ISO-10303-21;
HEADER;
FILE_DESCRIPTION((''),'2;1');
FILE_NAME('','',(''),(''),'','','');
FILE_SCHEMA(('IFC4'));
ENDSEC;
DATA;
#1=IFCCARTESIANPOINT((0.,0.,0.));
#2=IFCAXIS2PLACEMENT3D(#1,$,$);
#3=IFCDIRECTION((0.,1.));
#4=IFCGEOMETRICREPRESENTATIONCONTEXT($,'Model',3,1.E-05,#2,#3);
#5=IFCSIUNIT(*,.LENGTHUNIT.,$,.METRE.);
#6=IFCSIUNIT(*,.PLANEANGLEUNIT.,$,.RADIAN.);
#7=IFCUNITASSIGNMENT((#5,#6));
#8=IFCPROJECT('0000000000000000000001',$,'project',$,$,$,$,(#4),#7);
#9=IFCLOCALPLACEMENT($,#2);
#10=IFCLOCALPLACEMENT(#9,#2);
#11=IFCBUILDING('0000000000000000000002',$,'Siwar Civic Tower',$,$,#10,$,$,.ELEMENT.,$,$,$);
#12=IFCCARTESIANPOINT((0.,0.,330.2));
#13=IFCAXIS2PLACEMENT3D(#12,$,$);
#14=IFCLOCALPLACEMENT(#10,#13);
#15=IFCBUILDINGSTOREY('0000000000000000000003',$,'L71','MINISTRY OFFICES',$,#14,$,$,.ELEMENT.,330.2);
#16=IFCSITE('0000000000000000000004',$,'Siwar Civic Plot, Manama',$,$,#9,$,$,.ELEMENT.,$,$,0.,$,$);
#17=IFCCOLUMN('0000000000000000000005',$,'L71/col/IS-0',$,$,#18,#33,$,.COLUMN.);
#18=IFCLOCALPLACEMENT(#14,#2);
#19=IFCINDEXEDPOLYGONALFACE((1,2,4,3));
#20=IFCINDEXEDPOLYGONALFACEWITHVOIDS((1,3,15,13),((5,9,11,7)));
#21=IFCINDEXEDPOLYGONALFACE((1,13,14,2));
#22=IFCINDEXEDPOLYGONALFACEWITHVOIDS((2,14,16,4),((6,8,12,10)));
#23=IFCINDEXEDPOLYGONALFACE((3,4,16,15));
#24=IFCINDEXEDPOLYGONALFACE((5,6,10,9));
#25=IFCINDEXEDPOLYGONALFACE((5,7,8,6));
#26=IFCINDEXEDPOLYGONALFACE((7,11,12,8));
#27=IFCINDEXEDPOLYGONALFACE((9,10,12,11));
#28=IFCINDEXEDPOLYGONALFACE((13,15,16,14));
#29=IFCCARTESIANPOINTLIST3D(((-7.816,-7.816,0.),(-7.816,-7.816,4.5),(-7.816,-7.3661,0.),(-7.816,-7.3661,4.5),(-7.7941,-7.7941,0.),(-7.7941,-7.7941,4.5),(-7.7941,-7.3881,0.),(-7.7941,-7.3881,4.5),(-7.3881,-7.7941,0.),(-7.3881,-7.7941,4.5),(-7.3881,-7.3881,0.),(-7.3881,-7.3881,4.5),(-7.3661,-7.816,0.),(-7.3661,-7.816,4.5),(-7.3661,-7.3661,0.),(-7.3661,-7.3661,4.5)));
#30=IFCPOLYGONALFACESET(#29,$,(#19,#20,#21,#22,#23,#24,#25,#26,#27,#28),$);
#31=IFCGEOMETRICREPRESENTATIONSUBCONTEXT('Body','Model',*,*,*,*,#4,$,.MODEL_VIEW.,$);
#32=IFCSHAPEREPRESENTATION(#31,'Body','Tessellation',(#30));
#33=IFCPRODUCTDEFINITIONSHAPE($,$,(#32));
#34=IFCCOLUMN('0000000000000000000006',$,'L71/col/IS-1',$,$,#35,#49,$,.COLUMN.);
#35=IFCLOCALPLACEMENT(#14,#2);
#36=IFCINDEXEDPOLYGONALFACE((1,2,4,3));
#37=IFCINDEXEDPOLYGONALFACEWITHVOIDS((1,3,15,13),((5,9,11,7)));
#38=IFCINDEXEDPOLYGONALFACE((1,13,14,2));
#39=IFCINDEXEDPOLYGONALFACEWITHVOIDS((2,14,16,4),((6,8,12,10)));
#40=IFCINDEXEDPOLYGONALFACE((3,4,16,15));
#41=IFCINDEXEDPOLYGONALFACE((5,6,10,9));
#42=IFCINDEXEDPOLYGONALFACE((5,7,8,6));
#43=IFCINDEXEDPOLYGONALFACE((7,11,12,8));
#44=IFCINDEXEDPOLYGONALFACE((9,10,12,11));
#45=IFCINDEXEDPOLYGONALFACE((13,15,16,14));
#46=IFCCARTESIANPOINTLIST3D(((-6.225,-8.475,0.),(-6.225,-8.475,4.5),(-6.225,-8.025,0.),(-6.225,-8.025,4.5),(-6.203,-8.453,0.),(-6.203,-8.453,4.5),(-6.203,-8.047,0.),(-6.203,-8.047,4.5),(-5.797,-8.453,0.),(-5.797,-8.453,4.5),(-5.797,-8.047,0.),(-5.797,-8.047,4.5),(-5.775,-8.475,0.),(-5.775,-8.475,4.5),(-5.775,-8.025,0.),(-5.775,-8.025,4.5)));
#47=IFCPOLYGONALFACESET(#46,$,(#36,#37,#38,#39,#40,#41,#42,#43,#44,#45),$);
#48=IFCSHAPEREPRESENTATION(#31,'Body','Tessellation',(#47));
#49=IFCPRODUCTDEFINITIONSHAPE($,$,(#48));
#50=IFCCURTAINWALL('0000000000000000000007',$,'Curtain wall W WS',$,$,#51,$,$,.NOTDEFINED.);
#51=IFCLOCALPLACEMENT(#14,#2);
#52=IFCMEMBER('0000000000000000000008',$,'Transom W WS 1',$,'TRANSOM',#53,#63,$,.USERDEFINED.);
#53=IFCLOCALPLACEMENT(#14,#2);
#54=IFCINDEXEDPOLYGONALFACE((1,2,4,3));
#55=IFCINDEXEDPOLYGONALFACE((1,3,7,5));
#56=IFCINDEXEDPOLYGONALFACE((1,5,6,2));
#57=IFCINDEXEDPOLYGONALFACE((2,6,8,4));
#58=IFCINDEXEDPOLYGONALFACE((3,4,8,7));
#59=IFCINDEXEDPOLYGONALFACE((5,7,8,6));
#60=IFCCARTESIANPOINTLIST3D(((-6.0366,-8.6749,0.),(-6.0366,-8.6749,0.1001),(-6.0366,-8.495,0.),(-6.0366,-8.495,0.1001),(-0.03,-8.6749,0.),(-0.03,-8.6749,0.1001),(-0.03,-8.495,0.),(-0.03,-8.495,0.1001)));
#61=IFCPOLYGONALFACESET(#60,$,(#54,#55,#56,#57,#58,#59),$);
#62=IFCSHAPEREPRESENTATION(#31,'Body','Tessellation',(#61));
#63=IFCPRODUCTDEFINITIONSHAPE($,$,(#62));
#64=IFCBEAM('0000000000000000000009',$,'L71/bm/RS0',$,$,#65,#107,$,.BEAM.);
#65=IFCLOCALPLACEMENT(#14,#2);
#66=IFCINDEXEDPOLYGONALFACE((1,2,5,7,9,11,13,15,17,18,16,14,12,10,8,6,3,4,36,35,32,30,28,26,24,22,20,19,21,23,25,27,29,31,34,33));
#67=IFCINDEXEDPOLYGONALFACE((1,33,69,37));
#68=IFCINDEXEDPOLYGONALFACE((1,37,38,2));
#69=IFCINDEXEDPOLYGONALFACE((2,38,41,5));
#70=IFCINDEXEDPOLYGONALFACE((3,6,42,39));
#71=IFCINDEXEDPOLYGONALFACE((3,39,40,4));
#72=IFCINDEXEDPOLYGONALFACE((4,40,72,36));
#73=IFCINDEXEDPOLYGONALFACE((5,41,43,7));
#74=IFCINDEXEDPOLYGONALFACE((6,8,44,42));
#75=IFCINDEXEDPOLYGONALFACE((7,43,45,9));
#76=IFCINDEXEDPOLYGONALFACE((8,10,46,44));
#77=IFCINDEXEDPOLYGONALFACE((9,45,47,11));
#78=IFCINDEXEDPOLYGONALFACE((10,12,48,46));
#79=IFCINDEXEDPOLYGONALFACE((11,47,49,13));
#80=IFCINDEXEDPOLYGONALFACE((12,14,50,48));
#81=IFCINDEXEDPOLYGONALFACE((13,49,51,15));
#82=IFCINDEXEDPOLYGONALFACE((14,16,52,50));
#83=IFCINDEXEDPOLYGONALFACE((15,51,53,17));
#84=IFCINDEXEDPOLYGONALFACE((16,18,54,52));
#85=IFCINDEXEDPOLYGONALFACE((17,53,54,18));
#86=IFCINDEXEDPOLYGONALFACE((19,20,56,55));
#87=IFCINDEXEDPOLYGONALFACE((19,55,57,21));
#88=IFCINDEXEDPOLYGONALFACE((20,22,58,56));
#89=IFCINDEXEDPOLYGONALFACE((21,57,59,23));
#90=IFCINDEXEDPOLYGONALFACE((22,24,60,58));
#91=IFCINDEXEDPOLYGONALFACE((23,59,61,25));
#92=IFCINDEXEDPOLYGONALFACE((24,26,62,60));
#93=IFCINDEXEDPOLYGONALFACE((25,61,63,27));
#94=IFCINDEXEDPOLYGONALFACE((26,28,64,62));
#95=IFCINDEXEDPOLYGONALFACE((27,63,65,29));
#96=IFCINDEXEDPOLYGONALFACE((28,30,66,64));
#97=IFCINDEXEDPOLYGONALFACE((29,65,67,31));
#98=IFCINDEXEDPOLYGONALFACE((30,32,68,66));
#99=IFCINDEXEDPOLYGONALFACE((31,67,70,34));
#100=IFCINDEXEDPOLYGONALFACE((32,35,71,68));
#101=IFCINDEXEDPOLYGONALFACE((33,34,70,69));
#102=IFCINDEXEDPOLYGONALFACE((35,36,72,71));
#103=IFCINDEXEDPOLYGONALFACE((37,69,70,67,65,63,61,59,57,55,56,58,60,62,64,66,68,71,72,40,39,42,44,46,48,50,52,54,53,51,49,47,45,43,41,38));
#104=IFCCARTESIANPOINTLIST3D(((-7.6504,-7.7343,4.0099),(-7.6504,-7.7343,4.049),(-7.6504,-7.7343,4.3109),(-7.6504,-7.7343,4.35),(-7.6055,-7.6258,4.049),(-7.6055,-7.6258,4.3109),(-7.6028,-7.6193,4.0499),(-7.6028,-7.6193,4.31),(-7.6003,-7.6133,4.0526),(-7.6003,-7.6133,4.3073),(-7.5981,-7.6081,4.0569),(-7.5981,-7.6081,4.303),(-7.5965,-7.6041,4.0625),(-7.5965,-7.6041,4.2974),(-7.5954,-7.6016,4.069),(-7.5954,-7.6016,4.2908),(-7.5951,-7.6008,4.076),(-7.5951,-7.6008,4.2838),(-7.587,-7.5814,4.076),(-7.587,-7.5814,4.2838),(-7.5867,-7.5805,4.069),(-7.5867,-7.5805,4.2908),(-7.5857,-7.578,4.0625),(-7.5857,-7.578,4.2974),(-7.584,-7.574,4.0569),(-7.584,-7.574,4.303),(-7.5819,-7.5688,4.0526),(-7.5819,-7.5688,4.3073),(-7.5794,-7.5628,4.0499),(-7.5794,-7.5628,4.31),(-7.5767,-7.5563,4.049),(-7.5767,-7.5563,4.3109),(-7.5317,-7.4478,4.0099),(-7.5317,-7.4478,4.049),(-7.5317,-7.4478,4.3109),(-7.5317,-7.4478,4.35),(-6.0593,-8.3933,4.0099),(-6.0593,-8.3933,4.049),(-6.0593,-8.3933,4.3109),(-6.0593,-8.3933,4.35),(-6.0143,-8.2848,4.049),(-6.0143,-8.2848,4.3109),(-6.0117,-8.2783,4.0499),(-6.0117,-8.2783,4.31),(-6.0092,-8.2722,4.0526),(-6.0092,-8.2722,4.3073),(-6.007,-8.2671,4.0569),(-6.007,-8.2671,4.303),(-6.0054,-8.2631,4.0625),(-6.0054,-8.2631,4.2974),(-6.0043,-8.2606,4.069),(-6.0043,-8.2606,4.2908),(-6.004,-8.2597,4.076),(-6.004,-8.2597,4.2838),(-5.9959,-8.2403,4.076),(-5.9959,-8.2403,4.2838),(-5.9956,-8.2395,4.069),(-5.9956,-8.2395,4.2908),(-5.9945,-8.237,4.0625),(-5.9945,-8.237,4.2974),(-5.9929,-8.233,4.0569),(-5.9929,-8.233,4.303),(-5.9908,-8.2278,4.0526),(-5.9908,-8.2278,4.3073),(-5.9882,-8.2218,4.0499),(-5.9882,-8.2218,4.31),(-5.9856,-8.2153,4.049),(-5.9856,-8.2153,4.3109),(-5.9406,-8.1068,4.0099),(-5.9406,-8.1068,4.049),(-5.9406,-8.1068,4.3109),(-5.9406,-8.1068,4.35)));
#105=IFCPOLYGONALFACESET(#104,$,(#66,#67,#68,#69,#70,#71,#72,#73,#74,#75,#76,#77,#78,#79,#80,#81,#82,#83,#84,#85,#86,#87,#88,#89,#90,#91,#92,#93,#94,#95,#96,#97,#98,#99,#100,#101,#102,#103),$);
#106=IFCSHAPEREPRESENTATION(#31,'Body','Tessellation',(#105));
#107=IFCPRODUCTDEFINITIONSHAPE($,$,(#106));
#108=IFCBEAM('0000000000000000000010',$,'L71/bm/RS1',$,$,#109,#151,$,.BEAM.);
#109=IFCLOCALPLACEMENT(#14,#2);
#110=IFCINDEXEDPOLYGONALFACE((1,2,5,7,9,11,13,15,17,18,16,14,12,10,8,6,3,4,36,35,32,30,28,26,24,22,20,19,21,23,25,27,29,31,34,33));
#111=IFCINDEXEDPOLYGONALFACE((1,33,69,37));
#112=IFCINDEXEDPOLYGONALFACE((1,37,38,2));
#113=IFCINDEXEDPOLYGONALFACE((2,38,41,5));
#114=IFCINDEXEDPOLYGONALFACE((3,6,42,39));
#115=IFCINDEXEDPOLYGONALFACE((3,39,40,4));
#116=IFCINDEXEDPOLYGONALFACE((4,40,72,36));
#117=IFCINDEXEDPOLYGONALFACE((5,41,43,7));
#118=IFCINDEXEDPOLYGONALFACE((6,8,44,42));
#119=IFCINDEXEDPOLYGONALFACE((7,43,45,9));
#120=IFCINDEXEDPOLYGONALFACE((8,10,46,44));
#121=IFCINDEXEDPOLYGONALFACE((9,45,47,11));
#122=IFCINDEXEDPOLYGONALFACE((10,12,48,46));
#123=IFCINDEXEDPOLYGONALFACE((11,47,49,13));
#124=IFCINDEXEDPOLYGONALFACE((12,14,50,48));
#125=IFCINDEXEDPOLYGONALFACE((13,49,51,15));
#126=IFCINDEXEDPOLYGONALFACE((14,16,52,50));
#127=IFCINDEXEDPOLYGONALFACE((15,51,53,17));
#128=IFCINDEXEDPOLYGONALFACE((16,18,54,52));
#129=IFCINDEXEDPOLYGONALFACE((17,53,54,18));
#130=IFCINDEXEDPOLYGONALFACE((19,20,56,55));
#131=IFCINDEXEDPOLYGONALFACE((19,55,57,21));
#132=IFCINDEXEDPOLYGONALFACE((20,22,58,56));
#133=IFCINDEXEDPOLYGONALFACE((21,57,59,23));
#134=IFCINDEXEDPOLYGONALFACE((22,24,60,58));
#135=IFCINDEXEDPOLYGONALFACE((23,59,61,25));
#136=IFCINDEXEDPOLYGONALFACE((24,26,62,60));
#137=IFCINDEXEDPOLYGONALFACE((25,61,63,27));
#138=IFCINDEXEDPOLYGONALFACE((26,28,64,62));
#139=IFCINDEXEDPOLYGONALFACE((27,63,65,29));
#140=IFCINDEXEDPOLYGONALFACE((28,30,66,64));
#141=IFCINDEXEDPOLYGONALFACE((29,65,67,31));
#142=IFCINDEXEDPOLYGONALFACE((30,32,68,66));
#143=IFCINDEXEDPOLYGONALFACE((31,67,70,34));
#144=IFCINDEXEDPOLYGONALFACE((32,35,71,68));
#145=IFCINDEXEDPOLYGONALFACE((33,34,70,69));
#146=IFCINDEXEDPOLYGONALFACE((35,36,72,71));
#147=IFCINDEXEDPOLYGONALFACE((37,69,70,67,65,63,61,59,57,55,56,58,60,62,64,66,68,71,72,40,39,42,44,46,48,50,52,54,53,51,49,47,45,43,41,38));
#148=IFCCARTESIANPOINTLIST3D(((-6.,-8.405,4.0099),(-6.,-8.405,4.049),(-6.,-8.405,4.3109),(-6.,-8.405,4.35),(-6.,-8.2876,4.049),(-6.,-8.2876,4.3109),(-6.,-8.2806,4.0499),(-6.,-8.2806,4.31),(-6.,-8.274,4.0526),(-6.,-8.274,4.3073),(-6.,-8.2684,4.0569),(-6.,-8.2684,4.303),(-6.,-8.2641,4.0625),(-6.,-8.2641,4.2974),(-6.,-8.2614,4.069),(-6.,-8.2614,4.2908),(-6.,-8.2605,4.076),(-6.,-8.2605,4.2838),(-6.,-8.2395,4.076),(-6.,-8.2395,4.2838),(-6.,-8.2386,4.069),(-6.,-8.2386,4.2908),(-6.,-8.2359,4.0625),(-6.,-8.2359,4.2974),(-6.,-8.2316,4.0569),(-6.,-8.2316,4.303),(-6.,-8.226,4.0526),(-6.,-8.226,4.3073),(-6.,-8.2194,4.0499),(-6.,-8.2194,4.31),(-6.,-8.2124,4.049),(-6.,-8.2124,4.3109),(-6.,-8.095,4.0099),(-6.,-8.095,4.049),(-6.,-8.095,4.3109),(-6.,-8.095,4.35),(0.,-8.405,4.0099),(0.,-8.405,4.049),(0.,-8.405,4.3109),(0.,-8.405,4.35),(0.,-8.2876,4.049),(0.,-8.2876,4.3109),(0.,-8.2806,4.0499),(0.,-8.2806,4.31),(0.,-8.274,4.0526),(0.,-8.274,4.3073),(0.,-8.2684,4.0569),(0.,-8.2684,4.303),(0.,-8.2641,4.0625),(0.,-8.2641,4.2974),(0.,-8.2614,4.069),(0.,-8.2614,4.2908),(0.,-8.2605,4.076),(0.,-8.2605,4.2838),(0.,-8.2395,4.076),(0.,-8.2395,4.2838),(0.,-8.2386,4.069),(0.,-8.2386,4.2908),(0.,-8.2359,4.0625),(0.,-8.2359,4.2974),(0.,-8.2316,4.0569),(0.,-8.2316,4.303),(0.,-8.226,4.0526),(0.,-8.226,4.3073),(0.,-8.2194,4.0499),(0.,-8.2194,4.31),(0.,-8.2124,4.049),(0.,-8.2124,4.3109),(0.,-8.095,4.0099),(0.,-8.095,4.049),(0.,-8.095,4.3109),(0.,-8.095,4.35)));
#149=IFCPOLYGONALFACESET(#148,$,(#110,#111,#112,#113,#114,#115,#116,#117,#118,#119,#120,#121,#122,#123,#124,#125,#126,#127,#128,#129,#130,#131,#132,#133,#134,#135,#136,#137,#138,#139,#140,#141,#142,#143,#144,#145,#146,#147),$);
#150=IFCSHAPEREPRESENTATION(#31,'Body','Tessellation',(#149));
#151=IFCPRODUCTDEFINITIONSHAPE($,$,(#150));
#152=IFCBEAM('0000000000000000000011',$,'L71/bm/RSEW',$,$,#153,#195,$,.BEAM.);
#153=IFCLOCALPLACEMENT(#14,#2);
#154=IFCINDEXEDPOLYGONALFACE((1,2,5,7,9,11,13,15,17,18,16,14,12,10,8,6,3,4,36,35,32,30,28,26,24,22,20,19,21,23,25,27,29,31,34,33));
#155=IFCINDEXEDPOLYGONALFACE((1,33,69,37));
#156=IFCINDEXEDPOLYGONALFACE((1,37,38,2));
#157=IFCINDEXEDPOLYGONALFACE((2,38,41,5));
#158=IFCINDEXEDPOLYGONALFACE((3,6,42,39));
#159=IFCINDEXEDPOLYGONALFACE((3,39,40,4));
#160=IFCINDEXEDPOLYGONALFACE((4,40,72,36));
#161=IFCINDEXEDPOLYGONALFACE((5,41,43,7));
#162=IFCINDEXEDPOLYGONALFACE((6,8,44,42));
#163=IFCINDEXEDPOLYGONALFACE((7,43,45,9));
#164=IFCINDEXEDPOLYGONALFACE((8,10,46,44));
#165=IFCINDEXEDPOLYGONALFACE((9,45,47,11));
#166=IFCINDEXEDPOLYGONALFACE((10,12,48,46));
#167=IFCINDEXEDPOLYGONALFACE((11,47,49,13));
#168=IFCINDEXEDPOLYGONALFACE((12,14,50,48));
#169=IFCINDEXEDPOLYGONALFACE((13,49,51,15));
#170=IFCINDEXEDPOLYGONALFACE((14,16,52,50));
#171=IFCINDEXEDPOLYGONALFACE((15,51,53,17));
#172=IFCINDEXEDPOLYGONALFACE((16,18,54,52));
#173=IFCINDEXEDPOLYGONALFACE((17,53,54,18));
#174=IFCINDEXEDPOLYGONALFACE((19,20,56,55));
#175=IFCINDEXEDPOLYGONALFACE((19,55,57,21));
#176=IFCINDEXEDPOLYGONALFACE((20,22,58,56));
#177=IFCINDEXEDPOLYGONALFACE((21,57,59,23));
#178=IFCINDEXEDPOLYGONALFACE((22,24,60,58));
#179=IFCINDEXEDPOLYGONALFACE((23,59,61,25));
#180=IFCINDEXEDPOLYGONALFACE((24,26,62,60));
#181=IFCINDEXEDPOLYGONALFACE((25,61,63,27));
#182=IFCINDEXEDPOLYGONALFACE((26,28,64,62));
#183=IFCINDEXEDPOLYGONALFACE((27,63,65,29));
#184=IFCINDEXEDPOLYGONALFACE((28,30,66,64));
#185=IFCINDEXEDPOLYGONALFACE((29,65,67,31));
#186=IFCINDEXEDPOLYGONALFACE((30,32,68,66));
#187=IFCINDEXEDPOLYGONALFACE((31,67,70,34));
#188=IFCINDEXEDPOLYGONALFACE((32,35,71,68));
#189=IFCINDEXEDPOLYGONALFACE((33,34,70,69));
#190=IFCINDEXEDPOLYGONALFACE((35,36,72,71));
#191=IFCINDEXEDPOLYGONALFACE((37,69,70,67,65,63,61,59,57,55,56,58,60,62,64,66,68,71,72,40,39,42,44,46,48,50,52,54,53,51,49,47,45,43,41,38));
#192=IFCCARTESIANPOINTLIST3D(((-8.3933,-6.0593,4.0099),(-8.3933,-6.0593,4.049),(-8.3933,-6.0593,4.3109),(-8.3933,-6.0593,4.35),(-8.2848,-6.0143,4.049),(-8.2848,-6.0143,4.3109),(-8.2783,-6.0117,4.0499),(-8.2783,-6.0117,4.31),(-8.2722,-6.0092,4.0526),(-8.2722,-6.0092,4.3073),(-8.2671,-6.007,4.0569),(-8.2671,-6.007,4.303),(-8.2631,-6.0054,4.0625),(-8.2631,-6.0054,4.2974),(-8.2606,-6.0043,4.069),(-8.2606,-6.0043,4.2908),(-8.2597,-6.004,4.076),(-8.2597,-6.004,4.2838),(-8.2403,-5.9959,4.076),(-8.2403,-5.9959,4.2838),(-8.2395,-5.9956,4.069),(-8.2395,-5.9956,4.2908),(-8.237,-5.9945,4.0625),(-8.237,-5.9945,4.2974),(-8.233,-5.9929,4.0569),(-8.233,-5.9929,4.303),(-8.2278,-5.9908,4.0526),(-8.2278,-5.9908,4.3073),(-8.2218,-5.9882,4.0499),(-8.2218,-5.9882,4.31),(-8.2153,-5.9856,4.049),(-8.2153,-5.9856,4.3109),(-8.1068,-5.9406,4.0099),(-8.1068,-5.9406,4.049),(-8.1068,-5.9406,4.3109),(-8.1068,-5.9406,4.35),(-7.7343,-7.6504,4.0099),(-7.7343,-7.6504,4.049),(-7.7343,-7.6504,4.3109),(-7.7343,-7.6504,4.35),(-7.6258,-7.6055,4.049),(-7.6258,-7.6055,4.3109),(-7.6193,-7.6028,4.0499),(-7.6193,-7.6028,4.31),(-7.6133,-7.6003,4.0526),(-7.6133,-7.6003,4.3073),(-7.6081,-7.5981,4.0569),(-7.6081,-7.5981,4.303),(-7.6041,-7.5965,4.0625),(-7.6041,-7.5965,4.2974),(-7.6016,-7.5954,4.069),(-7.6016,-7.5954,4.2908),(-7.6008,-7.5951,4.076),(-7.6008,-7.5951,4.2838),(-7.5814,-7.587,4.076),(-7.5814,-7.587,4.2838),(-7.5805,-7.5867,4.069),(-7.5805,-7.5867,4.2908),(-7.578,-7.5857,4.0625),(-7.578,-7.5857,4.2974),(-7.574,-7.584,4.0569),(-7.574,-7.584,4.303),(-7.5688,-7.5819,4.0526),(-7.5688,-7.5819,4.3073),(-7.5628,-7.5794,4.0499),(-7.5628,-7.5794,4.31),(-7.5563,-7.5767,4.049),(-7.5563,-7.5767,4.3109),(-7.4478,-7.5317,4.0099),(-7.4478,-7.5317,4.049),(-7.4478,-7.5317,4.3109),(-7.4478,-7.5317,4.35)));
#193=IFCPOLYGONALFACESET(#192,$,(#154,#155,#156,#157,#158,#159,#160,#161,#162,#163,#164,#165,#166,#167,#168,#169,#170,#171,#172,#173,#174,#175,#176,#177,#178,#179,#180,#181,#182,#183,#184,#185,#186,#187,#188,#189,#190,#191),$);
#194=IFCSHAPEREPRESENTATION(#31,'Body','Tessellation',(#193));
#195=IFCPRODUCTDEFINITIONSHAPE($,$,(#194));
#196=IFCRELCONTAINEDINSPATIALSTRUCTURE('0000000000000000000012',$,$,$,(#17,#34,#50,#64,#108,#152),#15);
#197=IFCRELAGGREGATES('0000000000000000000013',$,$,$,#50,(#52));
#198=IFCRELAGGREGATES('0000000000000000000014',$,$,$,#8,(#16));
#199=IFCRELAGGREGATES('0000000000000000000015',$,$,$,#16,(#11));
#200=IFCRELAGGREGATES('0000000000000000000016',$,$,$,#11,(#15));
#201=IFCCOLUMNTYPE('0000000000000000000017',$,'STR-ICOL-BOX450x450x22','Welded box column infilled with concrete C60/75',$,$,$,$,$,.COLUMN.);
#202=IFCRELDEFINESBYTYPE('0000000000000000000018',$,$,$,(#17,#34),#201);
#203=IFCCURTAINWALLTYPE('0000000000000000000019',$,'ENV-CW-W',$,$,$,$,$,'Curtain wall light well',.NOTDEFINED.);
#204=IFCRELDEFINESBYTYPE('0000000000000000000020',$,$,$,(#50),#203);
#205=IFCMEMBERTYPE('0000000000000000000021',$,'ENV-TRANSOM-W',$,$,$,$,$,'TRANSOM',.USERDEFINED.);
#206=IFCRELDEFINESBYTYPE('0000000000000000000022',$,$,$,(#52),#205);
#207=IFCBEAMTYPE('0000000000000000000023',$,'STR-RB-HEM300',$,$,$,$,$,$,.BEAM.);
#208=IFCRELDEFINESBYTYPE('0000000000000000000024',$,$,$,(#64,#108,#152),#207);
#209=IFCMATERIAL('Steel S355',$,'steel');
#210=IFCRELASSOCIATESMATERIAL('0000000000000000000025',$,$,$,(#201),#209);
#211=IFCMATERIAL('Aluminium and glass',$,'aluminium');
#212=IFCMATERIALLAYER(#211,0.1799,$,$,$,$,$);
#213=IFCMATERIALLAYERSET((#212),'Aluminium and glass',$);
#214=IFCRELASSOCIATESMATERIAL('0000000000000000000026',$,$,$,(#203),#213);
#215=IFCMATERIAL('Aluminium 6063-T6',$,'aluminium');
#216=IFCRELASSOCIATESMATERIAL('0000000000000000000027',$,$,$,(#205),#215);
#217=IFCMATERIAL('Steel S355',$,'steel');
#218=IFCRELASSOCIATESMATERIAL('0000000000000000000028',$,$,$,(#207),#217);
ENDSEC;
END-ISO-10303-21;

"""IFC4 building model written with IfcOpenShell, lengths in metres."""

from ifc_helpers import new_model, si_unit, direction, frame, origin, origin_2d, place, context, subcontext, project, spatial, rectangle, hollow_rectangle, i_section, extrude, material, layer, layer_set, material_profile, profile_set, type_object, element, aggregate, save


model = new_model("IFC4")

# Units and contexts
model_context = context("Model", 3, precision=1e-05, world=origin(), true_north=direction((0.0, 1.0)))
body_context = subcontext(model_context, "Body", "Model", "MODEL_VIEW")
ifc_project = project(units=[si_unit("LENGTHUNIT", "METRE"), si_unit("PLANEANGLEUNIT", "RADIAN")], contexts=[model_context])

# Site, building, storey
site_placement = place(None, origin())
site = spatial("IfcSite", under=ifc_project, at=site_placement, Name="Siwar Civic Plot, Manama", CompositionType="ELEMENT", RefElevation=0.0)
building_placement = place(site_placement, origin())
building = spatial("IfcBuilding", under=site, at=building_placement, Name="Siwar Civic Tower", CompositionType="ELEMENT")
storey_placement = place(building_placement, frame((0.0, 0.0, 330.2)))
storey = spatial("IfcBuildingStorey", under=building, at=storey_placement, Name="L71", Description="MINISTRY OFFICES", CompositionType="ELEMENT", Elevation=330.2)

# Columns
ifc_material_1 = material(Name="Steel S355", Category="steel")
ifc_material_profile_1 = material_profile(ifc_material_1, hollow_rectangle(XDim=0.45, YDim=0.45, WallThickness=0.022, at=origin_2d()), Name="BOX450x450x22")
ifc_profile_set_1 = profile_set([ifc_material_profile_1], Name="Steel S355")
column_type = type_object("IfcColumnType", Name="STR-ICOL-BOX450x450x22", Description="Welded box column infilled with concrete C60/75", PredefinedType="COLUMN", material=ifc_profile_set_1)
for number, where, z_axis, x_axis, name in (
    (1, (-7.5911, -7.5911, 0.0), (0.0, 0.0, 1.0), (1.0, 0.0, 0.0), "L71/col/IS-0"),
    (2, (-6.0, -8.25, 0.0), (0.0, 0.0, 1.0), (1.0, 0.0, 0.0), "L71/col/IS-1"),
):
    element("IfcColumn", number, at=place(storey_placement, frame(where, z_axis=z_axis, x_axis=x_axis)), inside=storey, type_object=column_type, Name=name, PredefinedType="COLUMN", context=body_context, shape_type="SweptSolid", body=[
        extrude(hollow_rectangle(XDim=0.45, YDim=0.45, WallThickness=0.022, at=origin_2d()), origin(), (0.0, 0.0, 1.0), 4.5),
    ])

# Curtain wall, member
ifc_material_2 = material(Name="Aluminium and glass", Category="aluminium")
ifc_layer_1 = layer(ifc_material_2, 0.1799)
ifc_layer_set_1 = layer_set([ifc_layer_1], Name="Aluminium and glass")
curtain_wall_type = type_object("IfcCurtainWallType", Name="ENV-CW-W", ElementType="Curtain wall light well", PredefinedType="NOTDEFINED", material=ifc_layer_set_1)
curtain_wall_placement = place(storey_placement, origin())
curtain_wall = element("IfcCurtainWall", 3, at=curtain_wall_placement, inside=storey, type_object=curtain_wall_type, Name="Curtain wall W WS", PredefinedType="NOTDEFINED")
ifc_material_3 = material(Name="Aluminium 6063-T6", Category="aluminium")
ifc_material_profile_2 = material_profile(ifc_material_3, rectangle(XDim=0.1799, YDim=0.1001, at=origin_2d()), Name="AL 180x100")
ifc_profile_set_2 = profile_set([ifc_material_profile_2], Name="Aluminium 6063-T6")
member_type = type_object("IfcMemberType", Name="ENV-TRANSOM-W", ElementType="TRANSOM", PredefinedType="USERDEFINED", material=ifc_profile_set_2)
member_placement = place(storey_placement, frame((-6.0366, -8.585, 0.05), z_axis=(1.0, 0.0, 0.0), x_axis=(0.0, 1.0, 0.0)))
member = element("IfcMember", 4, at=member_placement, type_object=member_type, Name="Transom W WS 1", ObjectType="TRANSOM", PredefinedType="USERDEFINED", context=body_context, shape_type="SweptSolid", body=[
    extrude(rectangle(XDim=0.1799, YDim=0.1001, at=origin_2d()), origin(), (0.0, 0.0, 1.0), 6.0066),
])

# Beams
ifc_material_4 = material(Name="Steel S355", Category="steel")
ifc_material_profile_3 = material_profile(ifc_material_4, i_section(OverallWidth=0.3101, OverallDepth=0.3401, WebThickness=0.021, FlangeThickness=0.0391, FilletRadius=0.0271, at=origin_2d()), Name="HEM300")
ifc_profile_set_3 = profile_set([ifc_material_profile_3], Name="Steel S355")
beam_type = type_object("IfcBeamType", Name="STR-RB-HEM300", PredefinedType="BEAM", material=ifc_profile_set_3)
beam_1_placement = place(storey_placement, frame((-7.5911, -7.5911, 4.1799), z_axis=(0.923901, -0.382631, 0.0), x_axis=(0.382631, 0.923901, 0.0)))
element("IfcBeam", 5, at=beam_1_placement, inside=storey, type_object=beam_type, Name="L71/bm/RS0", PredefinedType="BEAM", context=body_context, shape_type="SweptSolid", body=[
    extrude(i_section(OverallWidth=0.3101, OverallDepth=0.3401, WebThickness=0.021, FlangeThickness=0.0391, FilletRadius=0.0271, at=origin_2d()), origin(), (0.0, 0.0, 1.0), 1.7222),
])
beam_2_placement = place(storey_placement, frame((-6.0, -8.25, 4.1799), z_axis=(1.0, 0.0, 0.0), x_axis=(0.0, 1.0, 0.0)))
element("IfcBeam", 6, at=beam_2_placement, inside=storey, type_object=beam_type, Name="L71/bm/RS1", PredefinedType="BEAM", context=body_context, shape_type="SweptSolid", body=[
    extrude(i_section(OverallWidth=0.3101, OverallDepth=0.3401, WebThickness=0.021, FlangeThickness=0.0391, FilletRadius=0.0271, at=origin_2d()), origin(), (0.0, 0.0, 1.0), 6.0),
])
beam_3_placement = place(storey_placement, frame((-7.5911, -7.5911, 4.1799), z_axis=(-0.382631, 0.923901, 0.0), x_axis=(-0.923901, -0.382631, 0.0)))
element("IfcBeam", 7, at=beam_3_placement, inside=storey, type_object=beam_type, Name="L71/bm/RSEW", PredefinedType="BEAM", context=body_context, shape_type="SweptSolid", body=[
    extrude(i_section(OverallWidth=0.3101, OverallDepth=0.3401, WebThickness=0.021, FlangeThickness=0.0391, FilletRadius=0.0271, at=origin_2d()), origin(), (0.0, 0.0, 1.0), 1.7222),
])

aggregate(curtain_wall, [member])

save(model, "model.ifc")
